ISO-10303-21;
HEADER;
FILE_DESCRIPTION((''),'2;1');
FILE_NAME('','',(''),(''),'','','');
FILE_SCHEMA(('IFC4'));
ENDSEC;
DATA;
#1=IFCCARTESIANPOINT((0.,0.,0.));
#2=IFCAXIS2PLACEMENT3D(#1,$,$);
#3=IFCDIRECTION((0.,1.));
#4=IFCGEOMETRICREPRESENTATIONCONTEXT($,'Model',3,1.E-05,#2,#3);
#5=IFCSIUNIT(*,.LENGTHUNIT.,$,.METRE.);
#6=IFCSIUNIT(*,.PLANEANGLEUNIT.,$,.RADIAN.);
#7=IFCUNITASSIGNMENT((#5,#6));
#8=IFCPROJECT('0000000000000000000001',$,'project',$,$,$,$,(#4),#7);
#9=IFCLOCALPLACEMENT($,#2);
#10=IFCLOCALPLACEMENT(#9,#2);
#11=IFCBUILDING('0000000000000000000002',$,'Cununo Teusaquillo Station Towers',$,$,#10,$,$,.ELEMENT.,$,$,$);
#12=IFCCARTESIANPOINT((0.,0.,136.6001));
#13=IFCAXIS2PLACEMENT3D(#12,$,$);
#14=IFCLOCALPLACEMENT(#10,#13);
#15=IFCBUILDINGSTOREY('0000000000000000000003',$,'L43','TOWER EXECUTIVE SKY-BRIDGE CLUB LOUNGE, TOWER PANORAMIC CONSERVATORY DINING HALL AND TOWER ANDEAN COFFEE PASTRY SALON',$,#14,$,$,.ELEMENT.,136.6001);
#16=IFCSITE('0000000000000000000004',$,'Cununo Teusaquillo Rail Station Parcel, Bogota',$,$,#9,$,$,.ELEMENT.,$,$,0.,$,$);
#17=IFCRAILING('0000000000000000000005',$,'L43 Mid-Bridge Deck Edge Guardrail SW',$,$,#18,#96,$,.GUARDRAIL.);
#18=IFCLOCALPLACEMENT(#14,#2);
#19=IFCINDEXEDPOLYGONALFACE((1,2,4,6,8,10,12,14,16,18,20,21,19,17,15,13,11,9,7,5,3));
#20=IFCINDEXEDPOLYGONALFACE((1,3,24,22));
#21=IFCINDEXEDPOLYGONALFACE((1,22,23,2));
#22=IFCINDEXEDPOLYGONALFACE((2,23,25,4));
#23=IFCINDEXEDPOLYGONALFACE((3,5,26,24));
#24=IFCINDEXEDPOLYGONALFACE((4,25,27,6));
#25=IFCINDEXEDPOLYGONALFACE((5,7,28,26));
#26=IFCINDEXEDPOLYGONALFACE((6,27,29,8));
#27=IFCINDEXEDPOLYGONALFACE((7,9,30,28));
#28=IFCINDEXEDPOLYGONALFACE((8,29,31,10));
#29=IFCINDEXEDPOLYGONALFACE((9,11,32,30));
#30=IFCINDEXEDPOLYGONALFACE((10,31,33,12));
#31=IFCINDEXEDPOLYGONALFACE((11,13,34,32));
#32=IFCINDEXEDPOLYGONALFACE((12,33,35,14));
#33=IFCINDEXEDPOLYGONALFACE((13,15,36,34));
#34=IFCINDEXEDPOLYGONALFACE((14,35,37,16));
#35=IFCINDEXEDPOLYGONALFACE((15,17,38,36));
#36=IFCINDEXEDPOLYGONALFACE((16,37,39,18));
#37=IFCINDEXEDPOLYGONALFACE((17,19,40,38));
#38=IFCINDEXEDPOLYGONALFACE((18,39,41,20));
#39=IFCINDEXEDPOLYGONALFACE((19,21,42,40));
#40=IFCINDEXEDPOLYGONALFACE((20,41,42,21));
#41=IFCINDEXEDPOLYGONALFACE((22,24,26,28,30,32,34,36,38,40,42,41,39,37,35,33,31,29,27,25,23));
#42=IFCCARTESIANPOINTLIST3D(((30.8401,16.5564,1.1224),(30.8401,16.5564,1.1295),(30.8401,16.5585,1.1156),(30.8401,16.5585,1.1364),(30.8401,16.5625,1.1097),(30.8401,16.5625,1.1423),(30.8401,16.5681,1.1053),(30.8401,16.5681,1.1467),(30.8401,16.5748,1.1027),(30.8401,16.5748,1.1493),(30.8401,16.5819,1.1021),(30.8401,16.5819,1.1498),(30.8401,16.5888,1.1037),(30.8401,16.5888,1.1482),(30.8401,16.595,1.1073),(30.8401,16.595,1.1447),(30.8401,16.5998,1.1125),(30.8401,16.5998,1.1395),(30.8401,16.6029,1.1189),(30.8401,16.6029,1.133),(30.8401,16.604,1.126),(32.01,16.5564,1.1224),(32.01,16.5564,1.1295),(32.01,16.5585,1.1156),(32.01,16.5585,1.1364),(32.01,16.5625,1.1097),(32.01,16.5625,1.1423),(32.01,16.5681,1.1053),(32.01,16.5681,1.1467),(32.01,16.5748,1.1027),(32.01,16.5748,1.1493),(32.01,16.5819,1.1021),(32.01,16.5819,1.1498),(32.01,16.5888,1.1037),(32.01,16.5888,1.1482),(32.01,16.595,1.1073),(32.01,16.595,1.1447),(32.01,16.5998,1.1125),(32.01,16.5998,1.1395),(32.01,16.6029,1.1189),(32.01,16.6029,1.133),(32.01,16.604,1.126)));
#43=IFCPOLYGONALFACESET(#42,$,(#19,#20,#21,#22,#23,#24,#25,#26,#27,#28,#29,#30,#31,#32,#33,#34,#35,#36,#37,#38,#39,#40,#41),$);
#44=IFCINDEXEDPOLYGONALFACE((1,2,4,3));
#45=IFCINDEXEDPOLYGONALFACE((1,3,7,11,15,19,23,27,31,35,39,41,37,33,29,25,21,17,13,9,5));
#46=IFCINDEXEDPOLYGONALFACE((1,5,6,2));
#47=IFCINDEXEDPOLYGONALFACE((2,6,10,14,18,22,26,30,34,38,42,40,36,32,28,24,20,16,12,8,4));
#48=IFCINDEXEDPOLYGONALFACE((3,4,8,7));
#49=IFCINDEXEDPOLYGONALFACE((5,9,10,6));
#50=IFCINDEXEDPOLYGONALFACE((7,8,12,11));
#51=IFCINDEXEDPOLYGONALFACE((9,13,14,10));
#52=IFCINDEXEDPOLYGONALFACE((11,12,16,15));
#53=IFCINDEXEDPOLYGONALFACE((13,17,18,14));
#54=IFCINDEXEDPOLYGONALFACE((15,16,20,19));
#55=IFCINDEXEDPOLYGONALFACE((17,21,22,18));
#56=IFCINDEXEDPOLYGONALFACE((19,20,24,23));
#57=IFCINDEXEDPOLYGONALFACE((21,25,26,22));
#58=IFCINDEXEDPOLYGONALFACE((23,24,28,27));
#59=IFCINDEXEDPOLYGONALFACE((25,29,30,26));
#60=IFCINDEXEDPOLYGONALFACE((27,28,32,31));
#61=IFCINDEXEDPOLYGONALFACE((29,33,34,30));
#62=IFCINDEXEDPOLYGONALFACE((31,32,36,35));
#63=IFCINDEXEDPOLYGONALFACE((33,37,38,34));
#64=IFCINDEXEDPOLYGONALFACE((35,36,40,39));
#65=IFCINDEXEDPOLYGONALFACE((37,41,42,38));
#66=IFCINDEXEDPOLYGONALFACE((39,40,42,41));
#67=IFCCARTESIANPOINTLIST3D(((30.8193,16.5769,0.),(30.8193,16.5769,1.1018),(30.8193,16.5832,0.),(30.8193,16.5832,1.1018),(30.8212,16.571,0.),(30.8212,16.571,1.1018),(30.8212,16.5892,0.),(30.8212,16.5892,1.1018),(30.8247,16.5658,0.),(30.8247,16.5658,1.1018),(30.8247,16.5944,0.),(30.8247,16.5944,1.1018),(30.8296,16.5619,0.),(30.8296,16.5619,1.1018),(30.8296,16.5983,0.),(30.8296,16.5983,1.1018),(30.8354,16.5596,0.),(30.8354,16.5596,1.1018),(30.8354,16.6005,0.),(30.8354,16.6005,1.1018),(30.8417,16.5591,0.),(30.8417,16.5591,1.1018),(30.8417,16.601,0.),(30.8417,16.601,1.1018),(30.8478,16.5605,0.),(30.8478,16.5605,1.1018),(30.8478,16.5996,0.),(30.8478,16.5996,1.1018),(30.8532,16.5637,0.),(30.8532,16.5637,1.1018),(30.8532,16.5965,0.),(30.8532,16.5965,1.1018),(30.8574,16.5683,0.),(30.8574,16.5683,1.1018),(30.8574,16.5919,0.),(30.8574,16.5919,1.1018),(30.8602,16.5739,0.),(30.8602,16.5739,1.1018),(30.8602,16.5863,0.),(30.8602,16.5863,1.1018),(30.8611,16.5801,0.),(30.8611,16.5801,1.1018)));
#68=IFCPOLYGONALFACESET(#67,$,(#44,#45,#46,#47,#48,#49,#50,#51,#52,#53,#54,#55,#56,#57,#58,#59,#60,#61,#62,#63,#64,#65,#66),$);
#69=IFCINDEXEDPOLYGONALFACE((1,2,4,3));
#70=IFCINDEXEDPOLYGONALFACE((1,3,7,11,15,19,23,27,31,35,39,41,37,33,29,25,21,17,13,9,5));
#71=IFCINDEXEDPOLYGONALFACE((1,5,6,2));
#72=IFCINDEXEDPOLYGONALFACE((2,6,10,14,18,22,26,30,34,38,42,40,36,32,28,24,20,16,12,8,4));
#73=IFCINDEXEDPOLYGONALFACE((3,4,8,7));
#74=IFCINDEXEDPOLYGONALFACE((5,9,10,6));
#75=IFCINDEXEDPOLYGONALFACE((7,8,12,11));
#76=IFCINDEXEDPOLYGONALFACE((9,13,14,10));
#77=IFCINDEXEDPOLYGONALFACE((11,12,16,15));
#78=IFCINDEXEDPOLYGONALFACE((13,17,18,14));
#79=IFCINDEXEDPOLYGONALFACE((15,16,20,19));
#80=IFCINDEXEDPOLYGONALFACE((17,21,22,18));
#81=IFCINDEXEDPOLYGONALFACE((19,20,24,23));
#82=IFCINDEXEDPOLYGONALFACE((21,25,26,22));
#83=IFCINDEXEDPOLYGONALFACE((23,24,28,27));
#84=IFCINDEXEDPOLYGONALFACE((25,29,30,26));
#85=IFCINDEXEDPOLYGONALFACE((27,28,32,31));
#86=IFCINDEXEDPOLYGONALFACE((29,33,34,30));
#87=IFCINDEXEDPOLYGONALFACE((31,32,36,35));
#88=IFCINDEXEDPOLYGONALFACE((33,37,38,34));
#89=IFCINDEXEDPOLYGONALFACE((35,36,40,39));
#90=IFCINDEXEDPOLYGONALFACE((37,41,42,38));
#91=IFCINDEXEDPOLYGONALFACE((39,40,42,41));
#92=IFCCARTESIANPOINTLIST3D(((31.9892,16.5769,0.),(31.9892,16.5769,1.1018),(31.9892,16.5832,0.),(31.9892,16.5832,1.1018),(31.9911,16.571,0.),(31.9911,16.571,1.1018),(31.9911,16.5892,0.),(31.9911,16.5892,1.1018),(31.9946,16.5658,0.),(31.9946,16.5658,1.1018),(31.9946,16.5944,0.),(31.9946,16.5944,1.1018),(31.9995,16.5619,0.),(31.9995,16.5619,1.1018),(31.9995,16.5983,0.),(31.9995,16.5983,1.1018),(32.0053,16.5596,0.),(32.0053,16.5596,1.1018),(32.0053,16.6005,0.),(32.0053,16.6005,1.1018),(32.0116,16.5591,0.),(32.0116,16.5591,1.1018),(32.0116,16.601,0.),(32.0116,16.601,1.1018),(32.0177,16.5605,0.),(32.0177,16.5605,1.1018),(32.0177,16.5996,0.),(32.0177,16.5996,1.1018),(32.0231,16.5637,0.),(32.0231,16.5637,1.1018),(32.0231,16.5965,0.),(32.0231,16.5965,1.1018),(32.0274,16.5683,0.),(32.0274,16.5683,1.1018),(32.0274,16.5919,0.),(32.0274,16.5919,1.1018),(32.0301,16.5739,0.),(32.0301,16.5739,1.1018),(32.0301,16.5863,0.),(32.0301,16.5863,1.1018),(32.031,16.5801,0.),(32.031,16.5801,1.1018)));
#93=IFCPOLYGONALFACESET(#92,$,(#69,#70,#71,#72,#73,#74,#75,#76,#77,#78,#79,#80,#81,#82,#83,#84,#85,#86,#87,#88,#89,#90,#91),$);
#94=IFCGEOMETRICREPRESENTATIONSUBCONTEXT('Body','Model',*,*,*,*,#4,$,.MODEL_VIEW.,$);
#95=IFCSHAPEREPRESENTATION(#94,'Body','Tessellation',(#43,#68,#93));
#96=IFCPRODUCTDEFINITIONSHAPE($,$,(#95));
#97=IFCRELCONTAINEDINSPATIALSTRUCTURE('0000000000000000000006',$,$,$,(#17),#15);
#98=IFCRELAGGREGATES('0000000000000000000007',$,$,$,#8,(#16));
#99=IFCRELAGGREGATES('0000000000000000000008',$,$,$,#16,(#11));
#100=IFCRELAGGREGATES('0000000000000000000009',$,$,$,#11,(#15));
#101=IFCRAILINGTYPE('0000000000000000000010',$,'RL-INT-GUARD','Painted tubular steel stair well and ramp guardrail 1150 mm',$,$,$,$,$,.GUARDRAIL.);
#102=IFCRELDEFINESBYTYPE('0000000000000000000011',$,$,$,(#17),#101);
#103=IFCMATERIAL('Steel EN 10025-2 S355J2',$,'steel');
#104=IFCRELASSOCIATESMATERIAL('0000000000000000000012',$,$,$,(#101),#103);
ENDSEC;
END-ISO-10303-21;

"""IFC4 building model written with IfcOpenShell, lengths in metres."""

from ifc_helpers import new_model, si_unit, direction, frame, origin, origin_2d, place, context, subcontext, project, spatial, circle, extrude, material, type_object, element, save


model = new_model("IFC4")

# Units and contexts
model_context = context("Model", 3, precision=1e-05, world=origin(), true_north=direction((0.0, 1.0)))
body_context = subcontext(model_context, "Body", "Model", "MODEL_VIEW")
ifc_project = project(units=[si_unit("LENGTHUNIT", "METRE"), si_unit("PLANEANGLEUNIT", "RADIAN")], contexts=[model_context])

# Site, building, storey
site_placement = place(None, origin())
site = spatial("IfcSite", under=ifc_project, at=site_placement, Name="Cununo Teusaquillo Rail Station Parcel, Bogota", CompositionType="ELEMENT", RefElevation=0.0)
building_placement = place(site_placement, origin())
building = spatial("IfcBuilding", under=site, at=building_placement, Name="Cununo Teusaquillo Station Towers", CompositionType="ELEMENT")
storey_placement = place(building_placement, frame((0.0, 0.0, 136.6001)))
storey = spatial("IfcBuildingStorey", under=building, at=storey_placement, Name="L43", Description="TOWER EXECUTIVE SKY-BRIDGE CLUB LOUNGE, TOWER PANORAMIC CONSERVATORY DINING HALL AND TOWER ANDEAN COFFEE PASTRY SALON", CompositionType="ELEMENT", Elevation=136.6001)

# Railing
ifc_material_1 = material(Name="Steel EN 10025-2 S355J2", Category="steel")
railing_type = type_object("IfcRailingType", Name="RL-INT-GUARD", Description="Painted tubular steel stair well and ramp guardrail 1150 mm", PredefinedType="GUARDRAIL", material=ifc_material_1)
railing_placement = place(storey_placement, frame((30.8401, 16.5801, 0.0)))
element("IfcRailing", 1, at=railing_placement, inside=storey, type_object=railing_type, Name="L43 Mid-Bridge Deck Edge Guardrail SW", PredefinedType="GUARDRAIL", context=body_context, shape_type="SweptSolid", body=[
    extrude(circle(Radius=0.0239, at=origin_2d()), frame((0.0, 0.0, 1.126), z_axis=(1.0, 0.0, 0.0), x_axis=(0.0, 1.0, 0.0)), (0.0, 0.0, 1.0), 1.1699),
    extrude(circle(Radius=0.021, at=origin_2d()), origin(), (0.0, 0.0, 1.0), 1.1018),
    extrude(circle(Radius=0.021, at=origin_2d()), frame((1.1699, 0.0, 0.0)), (0.0, 0.0, 1.0), 1.1018),
])

save(model, "model.ifc")
